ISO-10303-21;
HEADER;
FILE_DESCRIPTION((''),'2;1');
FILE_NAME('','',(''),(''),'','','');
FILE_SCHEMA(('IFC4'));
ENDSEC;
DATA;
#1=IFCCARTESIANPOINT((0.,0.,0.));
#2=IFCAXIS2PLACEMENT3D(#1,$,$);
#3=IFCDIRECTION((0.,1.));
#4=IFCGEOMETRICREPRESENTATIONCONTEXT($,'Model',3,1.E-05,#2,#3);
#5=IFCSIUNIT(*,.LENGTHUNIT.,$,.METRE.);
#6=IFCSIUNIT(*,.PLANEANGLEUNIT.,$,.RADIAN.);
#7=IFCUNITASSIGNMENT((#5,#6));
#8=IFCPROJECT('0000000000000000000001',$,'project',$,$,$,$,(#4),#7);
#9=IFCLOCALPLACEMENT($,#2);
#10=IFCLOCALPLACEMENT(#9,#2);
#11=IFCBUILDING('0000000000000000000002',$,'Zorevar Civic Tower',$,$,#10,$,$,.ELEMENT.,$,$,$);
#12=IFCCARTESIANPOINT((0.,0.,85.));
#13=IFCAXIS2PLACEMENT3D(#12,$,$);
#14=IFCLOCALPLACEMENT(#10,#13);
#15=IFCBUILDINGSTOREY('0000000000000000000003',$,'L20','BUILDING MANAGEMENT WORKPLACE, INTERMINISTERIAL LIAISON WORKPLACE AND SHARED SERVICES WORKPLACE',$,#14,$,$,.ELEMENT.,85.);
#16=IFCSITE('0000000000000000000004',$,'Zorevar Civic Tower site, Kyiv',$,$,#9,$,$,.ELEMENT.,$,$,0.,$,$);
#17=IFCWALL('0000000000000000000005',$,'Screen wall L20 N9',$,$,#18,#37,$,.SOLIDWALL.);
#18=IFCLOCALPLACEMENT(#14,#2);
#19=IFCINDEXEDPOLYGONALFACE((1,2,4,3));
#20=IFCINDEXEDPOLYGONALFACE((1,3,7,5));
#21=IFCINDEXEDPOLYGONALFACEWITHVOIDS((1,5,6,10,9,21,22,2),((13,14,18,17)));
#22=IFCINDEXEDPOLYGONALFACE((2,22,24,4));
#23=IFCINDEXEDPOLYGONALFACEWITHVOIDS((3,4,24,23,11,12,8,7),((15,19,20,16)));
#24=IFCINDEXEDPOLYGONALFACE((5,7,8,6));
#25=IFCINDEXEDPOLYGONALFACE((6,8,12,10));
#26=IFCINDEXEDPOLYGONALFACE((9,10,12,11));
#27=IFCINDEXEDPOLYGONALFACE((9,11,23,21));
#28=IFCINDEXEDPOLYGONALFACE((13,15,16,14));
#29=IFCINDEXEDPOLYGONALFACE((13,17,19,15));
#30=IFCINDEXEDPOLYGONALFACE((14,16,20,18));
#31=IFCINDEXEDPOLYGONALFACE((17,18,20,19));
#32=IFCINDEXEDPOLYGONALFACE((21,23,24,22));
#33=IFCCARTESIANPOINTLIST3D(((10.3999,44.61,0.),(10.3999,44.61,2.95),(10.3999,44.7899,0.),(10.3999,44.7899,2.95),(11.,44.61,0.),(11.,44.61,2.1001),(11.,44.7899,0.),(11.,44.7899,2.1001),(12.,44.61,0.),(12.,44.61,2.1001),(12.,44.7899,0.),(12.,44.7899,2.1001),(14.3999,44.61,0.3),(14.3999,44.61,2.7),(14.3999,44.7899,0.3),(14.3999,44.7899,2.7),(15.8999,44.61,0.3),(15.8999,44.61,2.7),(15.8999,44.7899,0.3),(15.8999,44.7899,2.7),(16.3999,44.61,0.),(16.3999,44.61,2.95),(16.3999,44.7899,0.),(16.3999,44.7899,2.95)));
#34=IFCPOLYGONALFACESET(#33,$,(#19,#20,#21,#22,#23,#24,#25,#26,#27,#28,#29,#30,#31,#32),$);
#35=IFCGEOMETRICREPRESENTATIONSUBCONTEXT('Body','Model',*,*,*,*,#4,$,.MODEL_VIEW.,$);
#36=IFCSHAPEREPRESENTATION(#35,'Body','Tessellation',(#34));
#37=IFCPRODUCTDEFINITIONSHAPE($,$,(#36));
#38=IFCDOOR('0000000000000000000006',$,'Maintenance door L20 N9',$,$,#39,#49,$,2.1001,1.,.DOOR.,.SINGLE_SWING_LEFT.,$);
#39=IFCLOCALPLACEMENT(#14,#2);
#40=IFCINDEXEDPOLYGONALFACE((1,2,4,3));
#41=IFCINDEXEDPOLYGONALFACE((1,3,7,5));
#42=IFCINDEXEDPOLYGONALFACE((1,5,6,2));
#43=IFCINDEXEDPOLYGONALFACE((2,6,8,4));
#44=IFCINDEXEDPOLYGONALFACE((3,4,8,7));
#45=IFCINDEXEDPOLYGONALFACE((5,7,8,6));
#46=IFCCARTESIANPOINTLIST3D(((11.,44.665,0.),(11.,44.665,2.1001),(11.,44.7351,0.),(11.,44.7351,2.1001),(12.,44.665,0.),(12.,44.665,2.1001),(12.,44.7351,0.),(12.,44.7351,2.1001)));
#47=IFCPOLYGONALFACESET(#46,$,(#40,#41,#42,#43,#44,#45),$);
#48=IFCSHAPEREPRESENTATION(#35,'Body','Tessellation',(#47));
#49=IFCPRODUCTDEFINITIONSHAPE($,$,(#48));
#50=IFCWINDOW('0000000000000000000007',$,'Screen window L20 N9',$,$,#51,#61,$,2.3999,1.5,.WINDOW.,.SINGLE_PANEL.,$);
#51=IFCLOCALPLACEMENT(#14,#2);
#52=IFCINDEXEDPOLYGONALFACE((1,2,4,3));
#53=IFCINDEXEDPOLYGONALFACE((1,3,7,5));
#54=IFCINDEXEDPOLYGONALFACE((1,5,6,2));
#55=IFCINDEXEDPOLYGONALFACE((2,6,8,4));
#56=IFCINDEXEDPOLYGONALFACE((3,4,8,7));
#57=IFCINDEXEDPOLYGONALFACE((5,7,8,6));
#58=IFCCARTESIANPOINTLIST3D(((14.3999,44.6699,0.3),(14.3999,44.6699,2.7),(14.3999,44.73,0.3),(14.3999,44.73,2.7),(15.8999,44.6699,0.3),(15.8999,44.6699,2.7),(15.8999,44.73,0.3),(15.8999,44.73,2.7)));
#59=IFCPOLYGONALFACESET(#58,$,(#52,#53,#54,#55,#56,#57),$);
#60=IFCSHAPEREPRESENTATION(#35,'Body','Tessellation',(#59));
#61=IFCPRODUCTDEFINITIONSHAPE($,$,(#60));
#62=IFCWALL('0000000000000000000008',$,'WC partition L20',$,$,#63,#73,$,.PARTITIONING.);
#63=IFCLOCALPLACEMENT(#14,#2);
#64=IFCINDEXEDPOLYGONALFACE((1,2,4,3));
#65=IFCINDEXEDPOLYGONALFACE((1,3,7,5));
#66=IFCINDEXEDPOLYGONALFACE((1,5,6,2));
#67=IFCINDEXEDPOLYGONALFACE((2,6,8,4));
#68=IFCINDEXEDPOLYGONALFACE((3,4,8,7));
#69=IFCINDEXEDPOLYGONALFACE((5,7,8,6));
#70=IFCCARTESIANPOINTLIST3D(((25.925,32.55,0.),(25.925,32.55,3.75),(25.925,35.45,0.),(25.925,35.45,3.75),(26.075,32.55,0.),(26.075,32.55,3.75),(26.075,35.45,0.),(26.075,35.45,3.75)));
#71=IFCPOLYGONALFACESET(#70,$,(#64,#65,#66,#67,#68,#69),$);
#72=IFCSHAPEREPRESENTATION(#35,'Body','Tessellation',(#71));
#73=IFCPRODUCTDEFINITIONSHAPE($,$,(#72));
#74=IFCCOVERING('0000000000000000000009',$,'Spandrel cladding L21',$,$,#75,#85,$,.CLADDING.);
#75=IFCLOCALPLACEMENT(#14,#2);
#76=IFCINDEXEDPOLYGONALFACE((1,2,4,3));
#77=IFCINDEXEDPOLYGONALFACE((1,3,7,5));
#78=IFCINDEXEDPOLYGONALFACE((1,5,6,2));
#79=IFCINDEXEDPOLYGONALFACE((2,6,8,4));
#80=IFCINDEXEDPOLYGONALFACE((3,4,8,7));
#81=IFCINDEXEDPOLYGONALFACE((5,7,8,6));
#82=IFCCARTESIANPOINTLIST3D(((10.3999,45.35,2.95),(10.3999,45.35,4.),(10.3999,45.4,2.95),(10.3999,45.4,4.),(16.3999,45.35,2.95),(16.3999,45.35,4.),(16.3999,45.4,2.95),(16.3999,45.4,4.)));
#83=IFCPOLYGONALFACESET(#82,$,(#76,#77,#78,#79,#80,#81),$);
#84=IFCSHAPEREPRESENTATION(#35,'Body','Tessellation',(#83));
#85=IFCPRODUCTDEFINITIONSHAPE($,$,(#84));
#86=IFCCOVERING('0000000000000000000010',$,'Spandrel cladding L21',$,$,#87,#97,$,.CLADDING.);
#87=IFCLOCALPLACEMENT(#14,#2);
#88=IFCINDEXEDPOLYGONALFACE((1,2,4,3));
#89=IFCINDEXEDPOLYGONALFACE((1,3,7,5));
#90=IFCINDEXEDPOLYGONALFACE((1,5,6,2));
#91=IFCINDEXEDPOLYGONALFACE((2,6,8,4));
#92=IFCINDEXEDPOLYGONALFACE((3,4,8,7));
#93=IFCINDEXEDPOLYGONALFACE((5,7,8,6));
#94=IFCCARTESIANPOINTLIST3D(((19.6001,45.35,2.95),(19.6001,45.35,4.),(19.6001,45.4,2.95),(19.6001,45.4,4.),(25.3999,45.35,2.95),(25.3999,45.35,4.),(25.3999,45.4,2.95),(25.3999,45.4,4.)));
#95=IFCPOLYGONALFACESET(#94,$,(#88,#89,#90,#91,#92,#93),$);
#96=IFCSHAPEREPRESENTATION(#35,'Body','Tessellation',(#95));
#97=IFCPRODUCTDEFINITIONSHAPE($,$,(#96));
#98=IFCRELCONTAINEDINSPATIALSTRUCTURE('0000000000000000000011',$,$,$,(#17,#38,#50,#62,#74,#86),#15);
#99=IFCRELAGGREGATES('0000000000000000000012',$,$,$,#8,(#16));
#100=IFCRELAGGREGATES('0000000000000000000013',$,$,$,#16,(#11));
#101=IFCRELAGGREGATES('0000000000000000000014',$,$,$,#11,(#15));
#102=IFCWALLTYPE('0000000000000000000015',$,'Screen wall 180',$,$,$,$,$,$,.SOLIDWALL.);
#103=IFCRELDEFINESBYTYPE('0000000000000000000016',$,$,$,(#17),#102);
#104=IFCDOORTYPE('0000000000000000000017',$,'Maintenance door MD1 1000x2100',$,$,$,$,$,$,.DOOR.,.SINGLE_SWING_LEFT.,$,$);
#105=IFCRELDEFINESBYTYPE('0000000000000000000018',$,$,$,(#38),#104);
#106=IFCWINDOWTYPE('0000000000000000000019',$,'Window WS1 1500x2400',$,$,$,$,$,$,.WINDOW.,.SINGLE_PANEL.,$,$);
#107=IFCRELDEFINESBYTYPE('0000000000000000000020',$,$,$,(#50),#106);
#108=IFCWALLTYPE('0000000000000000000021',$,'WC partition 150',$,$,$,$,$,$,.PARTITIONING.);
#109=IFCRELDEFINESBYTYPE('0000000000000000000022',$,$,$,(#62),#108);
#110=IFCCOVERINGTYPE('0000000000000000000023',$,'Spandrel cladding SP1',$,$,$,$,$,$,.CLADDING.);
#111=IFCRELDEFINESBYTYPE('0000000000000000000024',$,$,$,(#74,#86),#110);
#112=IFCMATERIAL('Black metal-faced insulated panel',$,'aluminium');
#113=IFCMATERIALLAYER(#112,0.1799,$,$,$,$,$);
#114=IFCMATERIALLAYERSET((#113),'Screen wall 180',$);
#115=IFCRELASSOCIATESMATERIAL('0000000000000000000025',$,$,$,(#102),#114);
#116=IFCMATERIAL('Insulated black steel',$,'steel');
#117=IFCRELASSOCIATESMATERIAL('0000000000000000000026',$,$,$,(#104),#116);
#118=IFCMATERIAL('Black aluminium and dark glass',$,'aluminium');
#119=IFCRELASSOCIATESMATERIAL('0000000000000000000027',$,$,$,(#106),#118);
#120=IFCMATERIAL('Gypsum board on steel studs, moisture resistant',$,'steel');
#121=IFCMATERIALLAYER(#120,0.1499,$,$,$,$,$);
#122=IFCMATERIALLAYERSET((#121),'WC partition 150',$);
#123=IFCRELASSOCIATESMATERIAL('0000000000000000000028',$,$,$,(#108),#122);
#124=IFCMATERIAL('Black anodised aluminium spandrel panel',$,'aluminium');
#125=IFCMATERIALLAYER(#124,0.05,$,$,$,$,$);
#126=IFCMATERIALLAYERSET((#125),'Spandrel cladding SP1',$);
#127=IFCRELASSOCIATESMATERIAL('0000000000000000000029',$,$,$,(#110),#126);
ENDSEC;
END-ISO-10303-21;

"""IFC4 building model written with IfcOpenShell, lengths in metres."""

from ifc_helpers import new_model, si_unit, direction, frame, frame_2d, origin, place, context, subcontext, project, spatial, rectangle, extrude, material, layer, layer_set, type_object, element, fill, save


model = new_model("IFC4")

# Units and contexts
model_context = context("Model", 3, precision=1e-05, world=origin(), true_north=direction((0.0, 1.0)))
body_context = subcontext(model_context, "Body", "Model", "MODEL_VIEW")
ifc_project = project(units=[si_unit("LENGTHUNIT", "METRE"), si_unit("PLANEANGLEUNIT", "RADIAN")], contexts=[model_context])

# Site, building, storey
site_placement = place(None, origin())
site = spatial("IfcSite", under=ifc_project, at=site_placement, Name="Zorevar Civic Tower site, Kyiv", CompositionType="ELEMENT", RefElevation=0.0)
building_placement = place(site_placement, origin())
building = spatial("IfcBuilding", under=site, at=building_placement, Name="Zorevar Civic Tower", CompositionType="ELEMENT")
storey_placement = place(building_placement, frame((0.0, 0.0, 85.0)))
storey = spatial("IfcBuildingStorey", under=building, at=storey_placement, Name="L20", Description="BUILDING MANAGEMENT WORKPLACE, INTERMINISTERIAL LIAISON WORKPLACE AND SHARED SERVICES WORKPLACE", CompositionType="ELEMENT", Elevation=85.0)

# Wall, openings, door, window
ifc_material_1 = material(Name="Black metal-faced insulated panel", Category="aluminium")
ifc_layer_1 = layer(ifc_material_1, 0.1799)
ifc_layer_set_1 = layer_set([ifc_layer_1], Name="Screen wall 180")
wall_type_1 = type_object("IfcWallType", Name="Screen wall 180", PredefinedType="SOLIDWALL", material=ifc_layer_set_1)
wall_1_placement = place(storey_placement, frame((10.3999, 44.7, 0.0), z_axis=(0.0, 0.0, 1.0), x_axis=(1.0, 0.0, 0.0)))
wall_1 = element("IfcWall", 1, at=wall_1_placement, inside=storey, type_object=wall_type_1, Name="Screen wall L20 N9", PredefinedType="SOLIDWALL", context=body_context, shape_type="SweptSolid", body=[
    extrude(rectangle(XDim=6.0, YDim=0.1799, at=frame_2d((3.0, 0.0))), origin(), (0.0, 0.0, 1.0), 2.95),
])
opening_1_placement = place(wall_1_placement, frame((0.6001, 0.0, 0.0)))
opening_1 = element("IfcOpeningElement", 2, at=opening_1_placement, cuts=wall_1, PredefinedType="OPENING", context=body_context, shape_type="SweptSolid", body=[
    extrude(rectangle(XDim=1.0, YDim=2.1001, at=frame_2d((0.5, 1.05))), frame((0.0, 0.0999, 0.0), z_axis=(0.0, -1.0, 0.0), x_axis=(1.0, 0.0, 0.0)), (0.0, 0.0, 1.0), 0.2),
])
opening_2_placement = place(wall_1_placement, frame((4.0, 0.0, 0.3)))
opening_2 = element("IfcOpeningElement", 3, at=opening_2_placement, cuts=wall_1, PredefinedType="OPENING", context=body_context, shape_type="SweptSolid", body=[
    extrude(rectangle(XDim=1.5, YDim=2.3999, at=frame_2d((0.75, 1.2))), frame((0.0, 0.0999, 0.0), z_axis=(0.0, -1.0, 0.0), x_axis=(1.0, 0.0, 0.0)), (0.0, 0.0, 1.0), 0.2),
])
ifc_material_2 = material(Name="Insulated black steel", Category="steel")
door_type_1 = type_object("IfcDoorType", Name="Maintenance door MD1 1000x2100", OperationType="SINGLE_SWING_LEFT", PredefinedType="DOOR", material=ifc_material_2)
door_1_placement = place(opening_1_placement, origin())
door_1 = element("IfcDoor", 4, at=door_1_placement, inside=storey, type_object=door_type_1, Name="Maintenance door L20 N9", OperationType="SINGLE_SWING_LEFT", OverallHeight=2.1001, OverallWidth=1.0, PredefinedType="DOOR", context=body_context, shape_type="SweptSolid", body=[
    extrude(rectangle(XDim=1.0, YDim=2.1001, at=frame_2d((0.5, 1.05))), frame((0.0, 0.0352, 0.0), z_axis=(0.0, -1.0, 0.0), x_axis=(1.0, 0.0, 0.0)), (0.0, 0.0, 1.0), 0.0701),
])
fill(opening_1, door_1)
ifc_material_3 = material(Name="Black aluminium and dark glass", Category="aluminium")
window_type = type_object("IfcWindowType", Name="Window WS1 1500x2400", PartitioningType="SINGLE_PANEL", PredefinedType="WINDOW", material=ifc_material_3)
window_placement = place(opening_2_placement, origin())
window = element("IfcWindow", 5, at=window_placement, inside=storey, type_object=window_type, Name="Screen window L20 N9", OverallHeight=2.3999, OverallWidth=1.5, PartitioningType="SINGLE_PANEL", PredefinedType="WINDOW", context=body_context, shape_type="SweptSolid", body=[
    extrude(rectangle(XDim=1.5, YDim=2.3999, at=frame_2d((0.75, 1.2))), frame((0.0, 0.03, 0.0), z_axis=(0.0, -1.0, 0.0), x_axis=(1.0, 0.0, 0.0)), (0.0, 0.0, 1.0), 0.0601),
])
fill(opening_2, window)

# Wall
ifc_material_4 = material(Name="Gypsum board on steel studs, moisture resistant", Category="steel")
ifc_layer_2 = layer(ifc_material_4, 0.1499)
ifc_layer_set_2 = layer_set([ifc_layer_2], Name="WC partition 150")
wall_type_2 = type_object("IfcWallType", Name="WC partition 150", PredefinedType="PARTITIONING", material=ifc_layer_set_2)
wall_2_placement = place(storey_placement, frame((26.0, 32.55, 0.0), z_axis=(0.0, 0.0, 1.0), x_axis=(0.0, 1.0, 0.0)))
element("IfcWall", 6, at=wall_2_placement, inside=storey, type_object=wall_type_2, Name="WC partition L20", PredefinedType="PARTITIONING", context=body_context, shape_type="SweptSolid", body=[
    extrude(rectangle(XDim=2.8999, YDim=0.1499, at=frame_2d((1.45, 0.0))), origin(), (0.0, 0.0, 1.0), 3.75),
])

# Coverings
ifc_material_5 = material(Name="Black anodised aluminium spandrel panel", Category="aluminium")
ifc_layer_3 = layer(ifc_material_5, 0.05)
ifc_layer_set_3 = layer_set([ifc_layer_3], Name="Spandrel cladding SP1")
covering_type = type_object("IfcCoveringType", Name="Spandrel cladding SP1", PredefinedType="CLADDING", material=ifc_layer_set_3)
covering_1_placement = place(storey_placement, frame((10.3999, 45.375, 2.95), z_axis=(0.0, 0.0, 1.0), x_axis=(1.0, 0.0, 0.0)))
element("IfcCovering", 7, at=covering_1_placement, inside=storey, type_object=covering_type, Name="Spandrel cladding L21", PredefinedType="CLADDING", context=body_context, shape_type="SweptSolid", body=[
    extrude(rectangle(XDim=6.0, YDim=0.05, at=frame_2d((3.0, 0.0))), origin(), (0.0, 0.0, 1.0), 1.05),
])
covering_2_placement = place(storey_placement, frame((19.6001, 45.375, 2.95), z_axis=(0.0, 0.0, 1.0), x_axis=(1.0, 0.0, 0.0)))
element("IfcCovering", 8, at=covering_2_placement, inside=storey, type_object=covering_type, Name="Spandrel cladding L21", PredefinedType="CLADDING", context=body_context, shape_type="SweptSolid", body=[
    extrude(rectangle(XDim=5.7998, YDim=0.05, at=frame_2d((2.8999, 0.0))), origin(), (0.0, 0.0, 1.0), 1.05),
])

save(model, "model.ifc")
